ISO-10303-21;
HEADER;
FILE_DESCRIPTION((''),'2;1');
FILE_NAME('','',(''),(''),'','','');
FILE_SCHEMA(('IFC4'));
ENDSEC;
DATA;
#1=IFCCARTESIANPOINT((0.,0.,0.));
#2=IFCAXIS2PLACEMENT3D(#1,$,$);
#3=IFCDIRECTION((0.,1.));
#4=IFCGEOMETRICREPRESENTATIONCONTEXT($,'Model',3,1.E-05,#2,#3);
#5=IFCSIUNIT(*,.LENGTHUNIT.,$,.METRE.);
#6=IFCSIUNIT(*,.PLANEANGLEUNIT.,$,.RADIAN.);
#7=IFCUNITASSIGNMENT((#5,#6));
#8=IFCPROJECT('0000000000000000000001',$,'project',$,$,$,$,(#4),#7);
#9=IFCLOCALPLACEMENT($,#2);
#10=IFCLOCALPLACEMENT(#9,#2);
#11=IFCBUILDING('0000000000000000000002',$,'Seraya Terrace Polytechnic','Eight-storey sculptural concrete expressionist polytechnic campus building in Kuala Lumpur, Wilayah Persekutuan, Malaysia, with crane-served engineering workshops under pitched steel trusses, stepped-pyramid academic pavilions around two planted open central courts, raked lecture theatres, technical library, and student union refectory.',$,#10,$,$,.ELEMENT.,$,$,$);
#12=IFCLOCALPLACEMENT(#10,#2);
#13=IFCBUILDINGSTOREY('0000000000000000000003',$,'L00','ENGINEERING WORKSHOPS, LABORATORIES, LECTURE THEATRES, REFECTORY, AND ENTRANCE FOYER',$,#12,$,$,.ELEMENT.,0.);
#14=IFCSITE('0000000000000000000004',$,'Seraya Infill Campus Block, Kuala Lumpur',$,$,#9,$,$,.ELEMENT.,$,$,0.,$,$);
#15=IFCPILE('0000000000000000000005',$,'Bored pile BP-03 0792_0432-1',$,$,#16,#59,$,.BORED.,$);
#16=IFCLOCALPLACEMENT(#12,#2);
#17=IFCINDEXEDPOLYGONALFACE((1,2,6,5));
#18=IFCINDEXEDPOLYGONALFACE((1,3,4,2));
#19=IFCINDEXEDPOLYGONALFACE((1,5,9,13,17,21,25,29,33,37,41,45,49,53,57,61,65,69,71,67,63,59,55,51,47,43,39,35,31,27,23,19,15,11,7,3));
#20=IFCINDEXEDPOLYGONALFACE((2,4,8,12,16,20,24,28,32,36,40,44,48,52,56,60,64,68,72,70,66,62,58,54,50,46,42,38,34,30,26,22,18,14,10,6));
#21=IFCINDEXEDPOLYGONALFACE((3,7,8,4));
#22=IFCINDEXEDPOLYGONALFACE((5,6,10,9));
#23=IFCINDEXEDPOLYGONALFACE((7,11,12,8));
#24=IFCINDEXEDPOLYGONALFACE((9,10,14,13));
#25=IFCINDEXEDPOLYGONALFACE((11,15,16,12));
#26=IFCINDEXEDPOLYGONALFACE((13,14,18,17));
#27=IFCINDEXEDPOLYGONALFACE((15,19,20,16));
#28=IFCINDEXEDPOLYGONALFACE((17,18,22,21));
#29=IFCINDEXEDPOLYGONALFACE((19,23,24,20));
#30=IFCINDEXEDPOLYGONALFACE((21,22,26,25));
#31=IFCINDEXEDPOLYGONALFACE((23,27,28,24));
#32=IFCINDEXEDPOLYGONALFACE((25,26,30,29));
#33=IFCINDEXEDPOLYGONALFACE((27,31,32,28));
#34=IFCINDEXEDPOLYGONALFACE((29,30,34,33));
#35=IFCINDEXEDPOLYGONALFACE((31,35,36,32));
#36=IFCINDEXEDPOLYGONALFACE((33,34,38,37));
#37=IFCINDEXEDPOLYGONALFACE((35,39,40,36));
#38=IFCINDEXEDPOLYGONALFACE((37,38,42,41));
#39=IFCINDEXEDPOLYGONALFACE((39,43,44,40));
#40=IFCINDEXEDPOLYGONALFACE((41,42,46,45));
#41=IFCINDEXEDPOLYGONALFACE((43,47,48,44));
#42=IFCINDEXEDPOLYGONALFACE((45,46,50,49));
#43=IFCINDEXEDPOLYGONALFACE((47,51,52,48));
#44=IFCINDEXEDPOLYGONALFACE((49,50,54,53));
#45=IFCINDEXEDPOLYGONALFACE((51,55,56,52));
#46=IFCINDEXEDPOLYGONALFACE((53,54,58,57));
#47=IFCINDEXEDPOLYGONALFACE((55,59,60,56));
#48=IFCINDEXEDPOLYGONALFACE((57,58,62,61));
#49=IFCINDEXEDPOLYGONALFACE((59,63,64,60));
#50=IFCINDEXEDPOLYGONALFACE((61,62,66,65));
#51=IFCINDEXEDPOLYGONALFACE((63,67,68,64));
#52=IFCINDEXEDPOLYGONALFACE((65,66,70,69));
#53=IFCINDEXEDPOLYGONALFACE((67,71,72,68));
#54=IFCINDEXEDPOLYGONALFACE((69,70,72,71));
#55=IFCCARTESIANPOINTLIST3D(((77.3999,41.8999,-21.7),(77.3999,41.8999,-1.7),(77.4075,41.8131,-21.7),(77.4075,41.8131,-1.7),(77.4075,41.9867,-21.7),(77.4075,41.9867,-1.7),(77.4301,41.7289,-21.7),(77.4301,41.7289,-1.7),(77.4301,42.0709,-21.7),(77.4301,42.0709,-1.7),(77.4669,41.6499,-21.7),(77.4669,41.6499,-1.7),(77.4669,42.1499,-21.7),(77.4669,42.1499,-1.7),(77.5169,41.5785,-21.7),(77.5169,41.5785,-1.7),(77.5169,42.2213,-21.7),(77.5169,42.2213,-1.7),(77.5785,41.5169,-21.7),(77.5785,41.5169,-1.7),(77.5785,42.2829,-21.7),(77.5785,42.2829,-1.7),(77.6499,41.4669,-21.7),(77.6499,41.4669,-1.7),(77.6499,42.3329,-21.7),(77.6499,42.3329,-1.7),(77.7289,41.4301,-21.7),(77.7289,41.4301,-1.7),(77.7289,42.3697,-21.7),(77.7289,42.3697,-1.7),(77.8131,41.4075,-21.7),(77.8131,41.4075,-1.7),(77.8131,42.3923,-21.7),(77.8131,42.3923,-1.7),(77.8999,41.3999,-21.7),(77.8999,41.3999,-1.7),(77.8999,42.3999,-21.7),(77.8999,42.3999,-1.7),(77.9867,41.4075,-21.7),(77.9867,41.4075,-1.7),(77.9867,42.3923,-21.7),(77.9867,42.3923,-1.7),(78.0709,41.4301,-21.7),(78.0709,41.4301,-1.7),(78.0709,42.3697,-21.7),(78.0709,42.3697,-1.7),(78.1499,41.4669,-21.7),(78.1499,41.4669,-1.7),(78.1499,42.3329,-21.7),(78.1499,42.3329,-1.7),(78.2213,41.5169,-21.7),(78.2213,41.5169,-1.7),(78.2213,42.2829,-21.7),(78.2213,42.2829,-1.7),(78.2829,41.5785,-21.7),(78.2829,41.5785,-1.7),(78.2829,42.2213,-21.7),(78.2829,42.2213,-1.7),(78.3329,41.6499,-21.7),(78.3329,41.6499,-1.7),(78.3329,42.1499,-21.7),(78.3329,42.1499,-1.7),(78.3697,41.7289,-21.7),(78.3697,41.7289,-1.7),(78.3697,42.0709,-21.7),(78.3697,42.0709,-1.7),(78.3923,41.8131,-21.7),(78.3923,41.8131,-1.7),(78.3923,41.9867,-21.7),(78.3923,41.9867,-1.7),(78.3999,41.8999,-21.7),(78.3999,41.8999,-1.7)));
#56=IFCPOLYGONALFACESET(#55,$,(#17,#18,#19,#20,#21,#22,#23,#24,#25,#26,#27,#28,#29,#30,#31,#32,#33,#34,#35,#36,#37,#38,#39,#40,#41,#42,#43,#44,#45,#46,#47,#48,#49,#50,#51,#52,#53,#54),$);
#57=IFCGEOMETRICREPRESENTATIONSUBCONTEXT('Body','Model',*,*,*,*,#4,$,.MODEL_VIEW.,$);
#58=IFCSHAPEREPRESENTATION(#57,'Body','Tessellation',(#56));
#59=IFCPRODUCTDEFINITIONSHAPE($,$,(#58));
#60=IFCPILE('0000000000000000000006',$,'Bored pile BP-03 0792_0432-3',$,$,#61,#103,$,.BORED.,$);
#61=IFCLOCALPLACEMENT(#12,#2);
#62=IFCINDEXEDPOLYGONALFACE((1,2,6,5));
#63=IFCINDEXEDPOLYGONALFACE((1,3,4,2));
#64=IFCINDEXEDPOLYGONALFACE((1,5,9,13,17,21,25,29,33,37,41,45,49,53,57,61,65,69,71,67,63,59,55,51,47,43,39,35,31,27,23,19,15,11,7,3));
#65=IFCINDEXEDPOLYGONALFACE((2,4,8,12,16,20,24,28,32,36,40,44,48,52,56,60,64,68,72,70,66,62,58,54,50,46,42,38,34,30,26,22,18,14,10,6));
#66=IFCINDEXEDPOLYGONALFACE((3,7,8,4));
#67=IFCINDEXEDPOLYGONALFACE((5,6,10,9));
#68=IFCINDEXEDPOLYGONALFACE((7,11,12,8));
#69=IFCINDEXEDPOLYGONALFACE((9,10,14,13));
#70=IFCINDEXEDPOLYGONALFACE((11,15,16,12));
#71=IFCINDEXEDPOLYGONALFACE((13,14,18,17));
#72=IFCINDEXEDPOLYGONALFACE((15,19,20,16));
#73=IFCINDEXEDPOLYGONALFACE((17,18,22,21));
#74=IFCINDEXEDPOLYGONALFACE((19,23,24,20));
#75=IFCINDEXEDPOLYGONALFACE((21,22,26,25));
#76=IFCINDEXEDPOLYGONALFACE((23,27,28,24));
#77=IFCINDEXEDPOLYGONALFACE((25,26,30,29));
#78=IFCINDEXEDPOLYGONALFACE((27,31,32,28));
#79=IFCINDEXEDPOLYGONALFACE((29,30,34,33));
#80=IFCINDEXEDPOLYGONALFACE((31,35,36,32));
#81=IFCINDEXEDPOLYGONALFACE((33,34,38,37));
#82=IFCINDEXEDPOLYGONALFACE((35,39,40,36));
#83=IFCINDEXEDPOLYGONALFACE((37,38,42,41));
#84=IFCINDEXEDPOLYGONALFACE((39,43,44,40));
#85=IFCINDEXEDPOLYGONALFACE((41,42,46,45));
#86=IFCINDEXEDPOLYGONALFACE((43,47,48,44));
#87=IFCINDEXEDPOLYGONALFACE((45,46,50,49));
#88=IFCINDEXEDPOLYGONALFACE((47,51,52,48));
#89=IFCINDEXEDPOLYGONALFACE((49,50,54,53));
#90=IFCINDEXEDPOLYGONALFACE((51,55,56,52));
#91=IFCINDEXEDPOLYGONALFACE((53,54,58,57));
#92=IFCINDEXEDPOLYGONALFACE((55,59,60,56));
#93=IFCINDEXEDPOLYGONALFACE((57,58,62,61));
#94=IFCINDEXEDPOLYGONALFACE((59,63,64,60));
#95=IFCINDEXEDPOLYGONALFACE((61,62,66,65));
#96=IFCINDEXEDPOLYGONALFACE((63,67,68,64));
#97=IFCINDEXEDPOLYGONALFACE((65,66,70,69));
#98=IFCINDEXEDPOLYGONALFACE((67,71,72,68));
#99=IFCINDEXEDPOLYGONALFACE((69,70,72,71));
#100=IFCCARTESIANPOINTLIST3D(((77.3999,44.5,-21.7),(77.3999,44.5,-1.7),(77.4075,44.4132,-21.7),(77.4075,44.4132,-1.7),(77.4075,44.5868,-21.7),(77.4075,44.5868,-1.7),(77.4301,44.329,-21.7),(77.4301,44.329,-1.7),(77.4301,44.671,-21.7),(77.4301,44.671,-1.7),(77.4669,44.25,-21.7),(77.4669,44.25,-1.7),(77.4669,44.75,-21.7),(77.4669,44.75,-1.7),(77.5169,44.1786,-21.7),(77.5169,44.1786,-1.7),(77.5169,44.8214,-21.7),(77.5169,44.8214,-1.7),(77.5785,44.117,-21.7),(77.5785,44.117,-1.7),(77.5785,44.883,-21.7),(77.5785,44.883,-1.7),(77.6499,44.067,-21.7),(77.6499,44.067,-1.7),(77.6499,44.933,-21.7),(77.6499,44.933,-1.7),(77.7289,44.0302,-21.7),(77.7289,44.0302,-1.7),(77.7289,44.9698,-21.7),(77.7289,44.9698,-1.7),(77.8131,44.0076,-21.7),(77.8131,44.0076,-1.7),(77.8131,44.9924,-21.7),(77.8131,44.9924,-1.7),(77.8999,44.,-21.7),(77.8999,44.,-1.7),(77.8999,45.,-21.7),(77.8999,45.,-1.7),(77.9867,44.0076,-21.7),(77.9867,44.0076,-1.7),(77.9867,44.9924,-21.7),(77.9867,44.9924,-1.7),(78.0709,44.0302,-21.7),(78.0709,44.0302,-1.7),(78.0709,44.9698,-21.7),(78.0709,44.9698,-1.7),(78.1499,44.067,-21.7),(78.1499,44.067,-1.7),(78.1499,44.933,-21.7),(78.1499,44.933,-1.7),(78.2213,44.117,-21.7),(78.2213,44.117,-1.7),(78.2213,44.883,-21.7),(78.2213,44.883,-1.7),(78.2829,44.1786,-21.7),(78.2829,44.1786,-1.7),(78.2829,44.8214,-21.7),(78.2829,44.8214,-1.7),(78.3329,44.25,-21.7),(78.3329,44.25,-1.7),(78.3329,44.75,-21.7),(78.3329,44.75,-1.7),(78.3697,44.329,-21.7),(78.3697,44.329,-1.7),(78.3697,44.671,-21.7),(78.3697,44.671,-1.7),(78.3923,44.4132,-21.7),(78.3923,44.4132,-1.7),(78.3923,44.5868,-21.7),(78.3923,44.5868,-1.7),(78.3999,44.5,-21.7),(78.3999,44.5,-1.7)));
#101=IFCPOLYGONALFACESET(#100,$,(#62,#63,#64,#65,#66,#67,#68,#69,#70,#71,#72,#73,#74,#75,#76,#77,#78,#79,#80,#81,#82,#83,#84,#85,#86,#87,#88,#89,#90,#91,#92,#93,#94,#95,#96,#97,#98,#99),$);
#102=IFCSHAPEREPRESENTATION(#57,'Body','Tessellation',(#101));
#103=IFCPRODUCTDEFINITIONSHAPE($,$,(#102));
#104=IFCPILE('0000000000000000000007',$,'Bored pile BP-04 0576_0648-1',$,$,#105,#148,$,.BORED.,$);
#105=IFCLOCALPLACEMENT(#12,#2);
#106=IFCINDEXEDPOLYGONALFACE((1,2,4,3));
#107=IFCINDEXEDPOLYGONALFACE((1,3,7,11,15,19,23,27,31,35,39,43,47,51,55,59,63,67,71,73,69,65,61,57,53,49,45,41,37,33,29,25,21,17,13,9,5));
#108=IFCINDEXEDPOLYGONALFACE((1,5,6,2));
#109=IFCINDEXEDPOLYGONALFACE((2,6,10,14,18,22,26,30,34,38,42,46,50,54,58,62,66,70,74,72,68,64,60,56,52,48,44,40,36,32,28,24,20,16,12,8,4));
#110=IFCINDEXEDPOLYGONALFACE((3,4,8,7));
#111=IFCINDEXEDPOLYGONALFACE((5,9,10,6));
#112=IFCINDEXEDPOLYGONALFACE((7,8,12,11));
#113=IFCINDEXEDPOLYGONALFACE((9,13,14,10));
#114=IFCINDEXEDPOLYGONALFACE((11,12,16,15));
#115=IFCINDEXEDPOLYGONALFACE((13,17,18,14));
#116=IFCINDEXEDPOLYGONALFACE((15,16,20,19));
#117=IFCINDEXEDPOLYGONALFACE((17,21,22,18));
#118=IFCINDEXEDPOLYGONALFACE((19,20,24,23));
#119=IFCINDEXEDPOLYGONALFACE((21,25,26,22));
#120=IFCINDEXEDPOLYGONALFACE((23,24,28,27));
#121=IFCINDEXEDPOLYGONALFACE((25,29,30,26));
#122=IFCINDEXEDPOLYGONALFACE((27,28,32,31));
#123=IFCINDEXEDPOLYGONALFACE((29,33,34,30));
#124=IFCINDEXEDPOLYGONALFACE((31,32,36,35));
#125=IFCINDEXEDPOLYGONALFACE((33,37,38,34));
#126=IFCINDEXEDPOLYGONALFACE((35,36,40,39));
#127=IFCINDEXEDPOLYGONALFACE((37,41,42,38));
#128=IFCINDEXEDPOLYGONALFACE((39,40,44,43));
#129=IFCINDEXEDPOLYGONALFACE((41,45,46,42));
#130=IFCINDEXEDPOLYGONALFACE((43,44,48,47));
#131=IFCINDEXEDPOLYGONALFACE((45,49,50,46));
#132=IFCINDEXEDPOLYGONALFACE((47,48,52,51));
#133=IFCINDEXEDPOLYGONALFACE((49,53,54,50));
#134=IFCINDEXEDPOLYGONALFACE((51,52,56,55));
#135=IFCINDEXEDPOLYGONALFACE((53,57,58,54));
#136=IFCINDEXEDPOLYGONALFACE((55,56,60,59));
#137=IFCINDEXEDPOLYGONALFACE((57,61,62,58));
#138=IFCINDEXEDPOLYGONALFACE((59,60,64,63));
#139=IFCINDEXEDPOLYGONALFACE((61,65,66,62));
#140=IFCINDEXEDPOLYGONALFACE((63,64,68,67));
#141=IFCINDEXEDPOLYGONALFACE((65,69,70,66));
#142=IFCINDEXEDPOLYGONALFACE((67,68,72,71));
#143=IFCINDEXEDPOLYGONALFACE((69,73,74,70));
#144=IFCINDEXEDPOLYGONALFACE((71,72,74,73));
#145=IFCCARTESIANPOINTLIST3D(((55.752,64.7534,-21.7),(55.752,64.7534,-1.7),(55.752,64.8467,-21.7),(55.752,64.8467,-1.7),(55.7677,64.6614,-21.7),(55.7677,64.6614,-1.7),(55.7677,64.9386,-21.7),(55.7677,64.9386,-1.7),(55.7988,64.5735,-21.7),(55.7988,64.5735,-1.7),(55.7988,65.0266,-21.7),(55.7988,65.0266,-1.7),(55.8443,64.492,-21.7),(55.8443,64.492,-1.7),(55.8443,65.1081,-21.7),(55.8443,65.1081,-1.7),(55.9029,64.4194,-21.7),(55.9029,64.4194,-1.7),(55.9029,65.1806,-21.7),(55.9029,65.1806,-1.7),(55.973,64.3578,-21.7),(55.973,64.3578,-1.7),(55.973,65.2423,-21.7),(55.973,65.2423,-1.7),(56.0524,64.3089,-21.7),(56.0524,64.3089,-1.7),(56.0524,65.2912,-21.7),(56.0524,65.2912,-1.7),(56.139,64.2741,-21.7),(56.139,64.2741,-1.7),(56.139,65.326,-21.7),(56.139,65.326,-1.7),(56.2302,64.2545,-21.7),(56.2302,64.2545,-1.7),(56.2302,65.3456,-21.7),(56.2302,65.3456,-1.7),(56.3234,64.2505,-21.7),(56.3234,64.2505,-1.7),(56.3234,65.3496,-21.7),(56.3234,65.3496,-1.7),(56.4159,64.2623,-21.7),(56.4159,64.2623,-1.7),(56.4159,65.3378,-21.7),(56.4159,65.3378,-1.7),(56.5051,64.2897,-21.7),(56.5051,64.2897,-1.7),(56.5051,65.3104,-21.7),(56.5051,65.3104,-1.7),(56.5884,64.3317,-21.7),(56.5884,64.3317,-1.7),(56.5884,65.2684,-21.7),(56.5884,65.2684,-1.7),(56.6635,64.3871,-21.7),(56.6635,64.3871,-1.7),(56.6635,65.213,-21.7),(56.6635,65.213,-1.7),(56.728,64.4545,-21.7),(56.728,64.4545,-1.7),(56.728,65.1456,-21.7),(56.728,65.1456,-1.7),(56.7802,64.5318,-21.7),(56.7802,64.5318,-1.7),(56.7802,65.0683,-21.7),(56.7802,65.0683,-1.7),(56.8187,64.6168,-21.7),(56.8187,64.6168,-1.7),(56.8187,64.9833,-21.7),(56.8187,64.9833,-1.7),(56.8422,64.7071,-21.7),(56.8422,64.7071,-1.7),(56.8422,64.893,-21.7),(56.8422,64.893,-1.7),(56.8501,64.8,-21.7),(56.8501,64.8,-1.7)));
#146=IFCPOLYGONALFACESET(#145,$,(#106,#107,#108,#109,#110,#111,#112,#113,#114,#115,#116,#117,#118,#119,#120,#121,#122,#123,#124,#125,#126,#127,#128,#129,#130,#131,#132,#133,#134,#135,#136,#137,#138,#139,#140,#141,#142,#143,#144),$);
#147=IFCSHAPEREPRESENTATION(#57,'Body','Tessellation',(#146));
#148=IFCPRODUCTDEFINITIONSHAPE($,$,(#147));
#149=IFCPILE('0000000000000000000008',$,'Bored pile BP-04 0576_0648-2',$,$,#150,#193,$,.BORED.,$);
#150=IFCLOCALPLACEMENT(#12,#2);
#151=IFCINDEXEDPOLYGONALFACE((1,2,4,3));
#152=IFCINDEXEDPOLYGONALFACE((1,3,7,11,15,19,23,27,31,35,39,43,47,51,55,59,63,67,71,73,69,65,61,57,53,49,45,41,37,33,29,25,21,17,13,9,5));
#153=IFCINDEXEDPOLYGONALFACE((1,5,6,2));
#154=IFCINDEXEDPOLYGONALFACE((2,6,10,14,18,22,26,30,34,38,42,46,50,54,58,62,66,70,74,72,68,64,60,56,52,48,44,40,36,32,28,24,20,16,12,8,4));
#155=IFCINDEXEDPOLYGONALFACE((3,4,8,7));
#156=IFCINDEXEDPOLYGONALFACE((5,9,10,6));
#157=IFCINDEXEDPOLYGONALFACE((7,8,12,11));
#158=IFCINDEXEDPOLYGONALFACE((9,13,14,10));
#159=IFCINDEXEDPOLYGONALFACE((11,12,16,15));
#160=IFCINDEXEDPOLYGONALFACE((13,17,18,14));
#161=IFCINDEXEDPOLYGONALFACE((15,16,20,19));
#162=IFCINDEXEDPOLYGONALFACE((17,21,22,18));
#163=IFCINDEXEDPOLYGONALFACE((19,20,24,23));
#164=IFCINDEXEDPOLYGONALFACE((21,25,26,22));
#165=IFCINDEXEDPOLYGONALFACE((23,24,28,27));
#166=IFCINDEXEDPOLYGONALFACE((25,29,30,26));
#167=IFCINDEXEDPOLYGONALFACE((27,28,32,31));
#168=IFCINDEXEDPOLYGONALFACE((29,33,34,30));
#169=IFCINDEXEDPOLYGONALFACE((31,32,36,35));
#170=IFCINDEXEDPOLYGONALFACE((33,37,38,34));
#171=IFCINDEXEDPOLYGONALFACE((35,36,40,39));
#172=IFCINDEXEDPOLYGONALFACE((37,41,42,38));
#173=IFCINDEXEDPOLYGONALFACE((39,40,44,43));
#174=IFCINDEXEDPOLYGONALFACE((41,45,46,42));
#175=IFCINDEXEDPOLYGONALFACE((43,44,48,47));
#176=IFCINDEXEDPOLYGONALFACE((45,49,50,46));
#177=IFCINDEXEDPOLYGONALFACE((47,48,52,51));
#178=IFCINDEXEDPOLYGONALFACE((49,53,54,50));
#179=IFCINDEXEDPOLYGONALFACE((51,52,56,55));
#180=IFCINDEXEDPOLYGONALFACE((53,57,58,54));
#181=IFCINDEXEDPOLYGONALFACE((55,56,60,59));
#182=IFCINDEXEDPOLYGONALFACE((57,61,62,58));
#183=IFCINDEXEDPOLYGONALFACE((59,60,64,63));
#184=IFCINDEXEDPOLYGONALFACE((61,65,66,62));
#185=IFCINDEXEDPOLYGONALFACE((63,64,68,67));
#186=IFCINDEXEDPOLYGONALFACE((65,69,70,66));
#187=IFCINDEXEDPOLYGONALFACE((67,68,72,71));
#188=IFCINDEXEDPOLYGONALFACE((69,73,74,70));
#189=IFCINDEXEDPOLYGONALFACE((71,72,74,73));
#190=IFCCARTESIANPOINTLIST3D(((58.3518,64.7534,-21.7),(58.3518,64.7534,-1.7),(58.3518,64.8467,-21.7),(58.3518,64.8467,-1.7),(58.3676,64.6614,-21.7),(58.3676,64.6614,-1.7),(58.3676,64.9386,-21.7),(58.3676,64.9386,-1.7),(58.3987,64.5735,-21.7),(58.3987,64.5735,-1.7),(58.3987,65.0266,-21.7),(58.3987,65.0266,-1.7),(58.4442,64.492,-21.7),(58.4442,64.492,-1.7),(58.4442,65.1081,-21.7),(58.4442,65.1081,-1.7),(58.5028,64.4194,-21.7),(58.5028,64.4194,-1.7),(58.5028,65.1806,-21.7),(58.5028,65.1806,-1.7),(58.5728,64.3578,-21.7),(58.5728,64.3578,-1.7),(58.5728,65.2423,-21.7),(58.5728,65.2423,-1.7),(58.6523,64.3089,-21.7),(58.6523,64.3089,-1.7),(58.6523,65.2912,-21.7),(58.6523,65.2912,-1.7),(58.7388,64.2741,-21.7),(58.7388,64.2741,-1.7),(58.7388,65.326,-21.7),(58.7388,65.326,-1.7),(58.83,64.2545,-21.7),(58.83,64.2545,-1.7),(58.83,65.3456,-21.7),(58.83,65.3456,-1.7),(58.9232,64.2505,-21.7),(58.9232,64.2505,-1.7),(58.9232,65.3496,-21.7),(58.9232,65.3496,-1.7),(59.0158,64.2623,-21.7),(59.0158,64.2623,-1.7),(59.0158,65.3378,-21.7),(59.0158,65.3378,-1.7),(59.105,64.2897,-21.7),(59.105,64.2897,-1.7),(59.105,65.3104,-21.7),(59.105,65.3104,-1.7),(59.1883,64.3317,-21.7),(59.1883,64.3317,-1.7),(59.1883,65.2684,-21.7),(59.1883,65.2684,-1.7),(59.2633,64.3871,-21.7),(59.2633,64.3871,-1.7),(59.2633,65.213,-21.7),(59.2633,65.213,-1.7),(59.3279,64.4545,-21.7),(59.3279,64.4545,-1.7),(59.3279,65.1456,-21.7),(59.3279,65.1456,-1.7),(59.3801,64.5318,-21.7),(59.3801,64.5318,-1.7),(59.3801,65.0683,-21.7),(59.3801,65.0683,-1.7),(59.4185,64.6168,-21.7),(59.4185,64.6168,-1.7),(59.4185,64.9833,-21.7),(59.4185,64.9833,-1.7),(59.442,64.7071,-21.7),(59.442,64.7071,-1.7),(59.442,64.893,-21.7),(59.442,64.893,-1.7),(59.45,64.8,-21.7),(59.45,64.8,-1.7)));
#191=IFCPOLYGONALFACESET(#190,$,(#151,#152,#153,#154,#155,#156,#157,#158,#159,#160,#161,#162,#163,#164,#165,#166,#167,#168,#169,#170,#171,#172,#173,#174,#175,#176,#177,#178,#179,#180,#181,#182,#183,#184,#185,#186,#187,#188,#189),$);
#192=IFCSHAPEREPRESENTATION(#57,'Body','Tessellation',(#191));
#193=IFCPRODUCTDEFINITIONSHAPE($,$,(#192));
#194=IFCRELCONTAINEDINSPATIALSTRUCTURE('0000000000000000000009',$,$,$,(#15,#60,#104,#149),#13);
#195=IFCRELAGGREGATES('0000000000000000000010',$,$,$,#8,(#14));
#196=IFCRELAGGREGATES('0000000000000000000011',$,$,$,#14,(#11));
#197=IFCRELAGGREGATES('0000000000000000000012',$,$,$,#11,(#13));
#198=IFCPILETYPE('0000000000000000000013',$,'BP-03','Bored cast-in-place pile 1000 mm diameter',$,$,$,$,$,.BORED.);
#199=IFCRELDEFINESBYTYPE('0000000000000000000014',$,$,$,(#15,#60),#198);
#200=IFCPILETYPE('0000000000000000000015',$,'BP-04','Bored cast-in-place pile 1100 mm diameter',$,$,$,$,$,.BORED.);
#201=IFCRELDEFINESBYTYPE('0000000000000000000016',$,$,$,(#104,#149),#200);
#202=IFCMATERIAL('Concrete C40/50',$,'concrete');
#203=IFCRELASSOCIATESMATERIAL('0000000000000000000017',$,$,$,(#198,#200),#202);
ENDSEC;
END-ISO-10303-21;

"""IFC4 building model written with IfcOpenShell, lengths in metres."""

from ifc_helpers import new_model, si_unit, direction, frame, origin, origin_2d, place, context, subcontext, project, spatial, circle, extrude, material, material_profile, profile_set, type_object, element, save


model = new_model("IFC4")

# Units and contexts
model_context = context("Model", 3, precision=1e-05, world=origin(), true_north=direction((0.0, 1.0)))
body_context = subcontext(model_context, "Body", "Model", "MODEL_VIEW")
ifc_project = project(units=[si_unit("LENGTHUNIT", "METRE"), si_unit("PLANEANGLEUNIT", "RADIAN")], contexts=[model_context])

# Site, building, storey
site_placement = place(None, origin())
site = spatial("IfcSite", under=ifc_project, at=site_placement, Name="Seraya Infill Campus Block, Kuala Lumpur", CompositionType="ELEMENT", RefElevation=0.0)
building_placement = place(site_placement, origin())
building = spatial("IfcBuilding", under=site, at=building_placement, Name="Seraya Terrace Polytechnic", Description="Eight-storey sculptural concrete expressionist polytechnic campus building in Kuala Lumpur, Wilayah Persekutuan, Malaysia, with crane-served engineering workshops under pitched steel trusses, stepped-pyramid academic pavilions around two planted open central courts, raked lecture theatres, technical library, and student union refectory.", CompositionType="ELEMENT")
storey_placement = place(building_placement, origin())
storey = spatial("IfcBuildingStorey", under=building, at=storey_placement, Name="L00", Description="ENGINEERING WORKSHOPS, LABORATORIES, LECTURE THEATRES, REFECTORY, AND ENTRANCE FOYER", CompositionType="ELEMENT", Elevation=0.0)

# Piles
ifc_material_1 = material(Name="Concrete C40/50", Category="concrete")
ifc_material_profile_1 = material_profile(ifc_material_1, circle(Radius=0.5, at=origin_2d()), Name="DIA 1000")
ifc_profile_set_1 = profile_set([ifc_material_profile_1], Name="Concrete C40/50")
pile_type_1 = type_object("IfcPileType", Name="BP-03", Description="Bored cast-in-place pile 1000 mm diameter", PredefinedType="BORED", material=ifc_profile_set_1)
for number, where, z_axis, x_axis, name in (
    (1, (77.8999, 41.8999, -1.7), (0.0, 0.0, -1.0), (1.0, 0.0, 0.0), "Bored pile BP-03 0792_0432-1"),
    (2, (77.8999, 44.5, -1.7), (0.0, 0.0, -1.0), (1.0, 0.0, 0.0), "Bored pile BP-03 0792_0432-3"),
):
    element("IfcPile", number, at=place(storey_placement, frame(where, z_axis=z_axis, x_axis=x_axis)), inside=storey, type_object=pile_type_1, Name=name, PredefinedType="BORED", context=body_context, shape_type="SweptSolid", body=[
        extrude(circle(Radius=0.5, at=origin_2d()), origin(), (0.0, 0.0, 1.0), 20.0),
    ])
ifc_material_profile_2 = material_profile(ifc_material_1, circle(Radius=0.55, at=origin_2d()), Name="DIA 1100")
ifc_profile_set_2 = profile_set([ifc_material_profile_2], Name="Concrete C40/50")
pile_type_2 = type_object("IfcPileType", Name="BP-04", Description="Bored cast-in-place pile 1100 mm diameter", PredefinedType="BORED", material=ifc_profile_set_2)
for number, where, z_axis, x_axis, name in (
    (3, (56.3, 64.8, -1.7), (0.0, 0.0, -1.0), (1.0, 0.0, 0.0), "Bored pile BP-04 0576_0648-1"),
    (4, (58.8999, 64.8, -1.7), (0.0, 0.0, -1.0), (1.0, 0.0, 0.0), "Bored pile BP-04 0576_0648-2"),
):
    element("IfcPile", number, at=place(storey_placement, frame(where, z_axis=z_axis, x_axis=x_axis)), inside=storey, type_object=pile_type_2, Name=name, PredefinedType="BORED", context=body_context, shape_type="SweptSolid", body=[
        extrude(circle(Radius=0.55, at=origin_2d()), origin(), (0.0, 0.0, 1.0), 20.0),
    ])

save(model, "model.ifc")
